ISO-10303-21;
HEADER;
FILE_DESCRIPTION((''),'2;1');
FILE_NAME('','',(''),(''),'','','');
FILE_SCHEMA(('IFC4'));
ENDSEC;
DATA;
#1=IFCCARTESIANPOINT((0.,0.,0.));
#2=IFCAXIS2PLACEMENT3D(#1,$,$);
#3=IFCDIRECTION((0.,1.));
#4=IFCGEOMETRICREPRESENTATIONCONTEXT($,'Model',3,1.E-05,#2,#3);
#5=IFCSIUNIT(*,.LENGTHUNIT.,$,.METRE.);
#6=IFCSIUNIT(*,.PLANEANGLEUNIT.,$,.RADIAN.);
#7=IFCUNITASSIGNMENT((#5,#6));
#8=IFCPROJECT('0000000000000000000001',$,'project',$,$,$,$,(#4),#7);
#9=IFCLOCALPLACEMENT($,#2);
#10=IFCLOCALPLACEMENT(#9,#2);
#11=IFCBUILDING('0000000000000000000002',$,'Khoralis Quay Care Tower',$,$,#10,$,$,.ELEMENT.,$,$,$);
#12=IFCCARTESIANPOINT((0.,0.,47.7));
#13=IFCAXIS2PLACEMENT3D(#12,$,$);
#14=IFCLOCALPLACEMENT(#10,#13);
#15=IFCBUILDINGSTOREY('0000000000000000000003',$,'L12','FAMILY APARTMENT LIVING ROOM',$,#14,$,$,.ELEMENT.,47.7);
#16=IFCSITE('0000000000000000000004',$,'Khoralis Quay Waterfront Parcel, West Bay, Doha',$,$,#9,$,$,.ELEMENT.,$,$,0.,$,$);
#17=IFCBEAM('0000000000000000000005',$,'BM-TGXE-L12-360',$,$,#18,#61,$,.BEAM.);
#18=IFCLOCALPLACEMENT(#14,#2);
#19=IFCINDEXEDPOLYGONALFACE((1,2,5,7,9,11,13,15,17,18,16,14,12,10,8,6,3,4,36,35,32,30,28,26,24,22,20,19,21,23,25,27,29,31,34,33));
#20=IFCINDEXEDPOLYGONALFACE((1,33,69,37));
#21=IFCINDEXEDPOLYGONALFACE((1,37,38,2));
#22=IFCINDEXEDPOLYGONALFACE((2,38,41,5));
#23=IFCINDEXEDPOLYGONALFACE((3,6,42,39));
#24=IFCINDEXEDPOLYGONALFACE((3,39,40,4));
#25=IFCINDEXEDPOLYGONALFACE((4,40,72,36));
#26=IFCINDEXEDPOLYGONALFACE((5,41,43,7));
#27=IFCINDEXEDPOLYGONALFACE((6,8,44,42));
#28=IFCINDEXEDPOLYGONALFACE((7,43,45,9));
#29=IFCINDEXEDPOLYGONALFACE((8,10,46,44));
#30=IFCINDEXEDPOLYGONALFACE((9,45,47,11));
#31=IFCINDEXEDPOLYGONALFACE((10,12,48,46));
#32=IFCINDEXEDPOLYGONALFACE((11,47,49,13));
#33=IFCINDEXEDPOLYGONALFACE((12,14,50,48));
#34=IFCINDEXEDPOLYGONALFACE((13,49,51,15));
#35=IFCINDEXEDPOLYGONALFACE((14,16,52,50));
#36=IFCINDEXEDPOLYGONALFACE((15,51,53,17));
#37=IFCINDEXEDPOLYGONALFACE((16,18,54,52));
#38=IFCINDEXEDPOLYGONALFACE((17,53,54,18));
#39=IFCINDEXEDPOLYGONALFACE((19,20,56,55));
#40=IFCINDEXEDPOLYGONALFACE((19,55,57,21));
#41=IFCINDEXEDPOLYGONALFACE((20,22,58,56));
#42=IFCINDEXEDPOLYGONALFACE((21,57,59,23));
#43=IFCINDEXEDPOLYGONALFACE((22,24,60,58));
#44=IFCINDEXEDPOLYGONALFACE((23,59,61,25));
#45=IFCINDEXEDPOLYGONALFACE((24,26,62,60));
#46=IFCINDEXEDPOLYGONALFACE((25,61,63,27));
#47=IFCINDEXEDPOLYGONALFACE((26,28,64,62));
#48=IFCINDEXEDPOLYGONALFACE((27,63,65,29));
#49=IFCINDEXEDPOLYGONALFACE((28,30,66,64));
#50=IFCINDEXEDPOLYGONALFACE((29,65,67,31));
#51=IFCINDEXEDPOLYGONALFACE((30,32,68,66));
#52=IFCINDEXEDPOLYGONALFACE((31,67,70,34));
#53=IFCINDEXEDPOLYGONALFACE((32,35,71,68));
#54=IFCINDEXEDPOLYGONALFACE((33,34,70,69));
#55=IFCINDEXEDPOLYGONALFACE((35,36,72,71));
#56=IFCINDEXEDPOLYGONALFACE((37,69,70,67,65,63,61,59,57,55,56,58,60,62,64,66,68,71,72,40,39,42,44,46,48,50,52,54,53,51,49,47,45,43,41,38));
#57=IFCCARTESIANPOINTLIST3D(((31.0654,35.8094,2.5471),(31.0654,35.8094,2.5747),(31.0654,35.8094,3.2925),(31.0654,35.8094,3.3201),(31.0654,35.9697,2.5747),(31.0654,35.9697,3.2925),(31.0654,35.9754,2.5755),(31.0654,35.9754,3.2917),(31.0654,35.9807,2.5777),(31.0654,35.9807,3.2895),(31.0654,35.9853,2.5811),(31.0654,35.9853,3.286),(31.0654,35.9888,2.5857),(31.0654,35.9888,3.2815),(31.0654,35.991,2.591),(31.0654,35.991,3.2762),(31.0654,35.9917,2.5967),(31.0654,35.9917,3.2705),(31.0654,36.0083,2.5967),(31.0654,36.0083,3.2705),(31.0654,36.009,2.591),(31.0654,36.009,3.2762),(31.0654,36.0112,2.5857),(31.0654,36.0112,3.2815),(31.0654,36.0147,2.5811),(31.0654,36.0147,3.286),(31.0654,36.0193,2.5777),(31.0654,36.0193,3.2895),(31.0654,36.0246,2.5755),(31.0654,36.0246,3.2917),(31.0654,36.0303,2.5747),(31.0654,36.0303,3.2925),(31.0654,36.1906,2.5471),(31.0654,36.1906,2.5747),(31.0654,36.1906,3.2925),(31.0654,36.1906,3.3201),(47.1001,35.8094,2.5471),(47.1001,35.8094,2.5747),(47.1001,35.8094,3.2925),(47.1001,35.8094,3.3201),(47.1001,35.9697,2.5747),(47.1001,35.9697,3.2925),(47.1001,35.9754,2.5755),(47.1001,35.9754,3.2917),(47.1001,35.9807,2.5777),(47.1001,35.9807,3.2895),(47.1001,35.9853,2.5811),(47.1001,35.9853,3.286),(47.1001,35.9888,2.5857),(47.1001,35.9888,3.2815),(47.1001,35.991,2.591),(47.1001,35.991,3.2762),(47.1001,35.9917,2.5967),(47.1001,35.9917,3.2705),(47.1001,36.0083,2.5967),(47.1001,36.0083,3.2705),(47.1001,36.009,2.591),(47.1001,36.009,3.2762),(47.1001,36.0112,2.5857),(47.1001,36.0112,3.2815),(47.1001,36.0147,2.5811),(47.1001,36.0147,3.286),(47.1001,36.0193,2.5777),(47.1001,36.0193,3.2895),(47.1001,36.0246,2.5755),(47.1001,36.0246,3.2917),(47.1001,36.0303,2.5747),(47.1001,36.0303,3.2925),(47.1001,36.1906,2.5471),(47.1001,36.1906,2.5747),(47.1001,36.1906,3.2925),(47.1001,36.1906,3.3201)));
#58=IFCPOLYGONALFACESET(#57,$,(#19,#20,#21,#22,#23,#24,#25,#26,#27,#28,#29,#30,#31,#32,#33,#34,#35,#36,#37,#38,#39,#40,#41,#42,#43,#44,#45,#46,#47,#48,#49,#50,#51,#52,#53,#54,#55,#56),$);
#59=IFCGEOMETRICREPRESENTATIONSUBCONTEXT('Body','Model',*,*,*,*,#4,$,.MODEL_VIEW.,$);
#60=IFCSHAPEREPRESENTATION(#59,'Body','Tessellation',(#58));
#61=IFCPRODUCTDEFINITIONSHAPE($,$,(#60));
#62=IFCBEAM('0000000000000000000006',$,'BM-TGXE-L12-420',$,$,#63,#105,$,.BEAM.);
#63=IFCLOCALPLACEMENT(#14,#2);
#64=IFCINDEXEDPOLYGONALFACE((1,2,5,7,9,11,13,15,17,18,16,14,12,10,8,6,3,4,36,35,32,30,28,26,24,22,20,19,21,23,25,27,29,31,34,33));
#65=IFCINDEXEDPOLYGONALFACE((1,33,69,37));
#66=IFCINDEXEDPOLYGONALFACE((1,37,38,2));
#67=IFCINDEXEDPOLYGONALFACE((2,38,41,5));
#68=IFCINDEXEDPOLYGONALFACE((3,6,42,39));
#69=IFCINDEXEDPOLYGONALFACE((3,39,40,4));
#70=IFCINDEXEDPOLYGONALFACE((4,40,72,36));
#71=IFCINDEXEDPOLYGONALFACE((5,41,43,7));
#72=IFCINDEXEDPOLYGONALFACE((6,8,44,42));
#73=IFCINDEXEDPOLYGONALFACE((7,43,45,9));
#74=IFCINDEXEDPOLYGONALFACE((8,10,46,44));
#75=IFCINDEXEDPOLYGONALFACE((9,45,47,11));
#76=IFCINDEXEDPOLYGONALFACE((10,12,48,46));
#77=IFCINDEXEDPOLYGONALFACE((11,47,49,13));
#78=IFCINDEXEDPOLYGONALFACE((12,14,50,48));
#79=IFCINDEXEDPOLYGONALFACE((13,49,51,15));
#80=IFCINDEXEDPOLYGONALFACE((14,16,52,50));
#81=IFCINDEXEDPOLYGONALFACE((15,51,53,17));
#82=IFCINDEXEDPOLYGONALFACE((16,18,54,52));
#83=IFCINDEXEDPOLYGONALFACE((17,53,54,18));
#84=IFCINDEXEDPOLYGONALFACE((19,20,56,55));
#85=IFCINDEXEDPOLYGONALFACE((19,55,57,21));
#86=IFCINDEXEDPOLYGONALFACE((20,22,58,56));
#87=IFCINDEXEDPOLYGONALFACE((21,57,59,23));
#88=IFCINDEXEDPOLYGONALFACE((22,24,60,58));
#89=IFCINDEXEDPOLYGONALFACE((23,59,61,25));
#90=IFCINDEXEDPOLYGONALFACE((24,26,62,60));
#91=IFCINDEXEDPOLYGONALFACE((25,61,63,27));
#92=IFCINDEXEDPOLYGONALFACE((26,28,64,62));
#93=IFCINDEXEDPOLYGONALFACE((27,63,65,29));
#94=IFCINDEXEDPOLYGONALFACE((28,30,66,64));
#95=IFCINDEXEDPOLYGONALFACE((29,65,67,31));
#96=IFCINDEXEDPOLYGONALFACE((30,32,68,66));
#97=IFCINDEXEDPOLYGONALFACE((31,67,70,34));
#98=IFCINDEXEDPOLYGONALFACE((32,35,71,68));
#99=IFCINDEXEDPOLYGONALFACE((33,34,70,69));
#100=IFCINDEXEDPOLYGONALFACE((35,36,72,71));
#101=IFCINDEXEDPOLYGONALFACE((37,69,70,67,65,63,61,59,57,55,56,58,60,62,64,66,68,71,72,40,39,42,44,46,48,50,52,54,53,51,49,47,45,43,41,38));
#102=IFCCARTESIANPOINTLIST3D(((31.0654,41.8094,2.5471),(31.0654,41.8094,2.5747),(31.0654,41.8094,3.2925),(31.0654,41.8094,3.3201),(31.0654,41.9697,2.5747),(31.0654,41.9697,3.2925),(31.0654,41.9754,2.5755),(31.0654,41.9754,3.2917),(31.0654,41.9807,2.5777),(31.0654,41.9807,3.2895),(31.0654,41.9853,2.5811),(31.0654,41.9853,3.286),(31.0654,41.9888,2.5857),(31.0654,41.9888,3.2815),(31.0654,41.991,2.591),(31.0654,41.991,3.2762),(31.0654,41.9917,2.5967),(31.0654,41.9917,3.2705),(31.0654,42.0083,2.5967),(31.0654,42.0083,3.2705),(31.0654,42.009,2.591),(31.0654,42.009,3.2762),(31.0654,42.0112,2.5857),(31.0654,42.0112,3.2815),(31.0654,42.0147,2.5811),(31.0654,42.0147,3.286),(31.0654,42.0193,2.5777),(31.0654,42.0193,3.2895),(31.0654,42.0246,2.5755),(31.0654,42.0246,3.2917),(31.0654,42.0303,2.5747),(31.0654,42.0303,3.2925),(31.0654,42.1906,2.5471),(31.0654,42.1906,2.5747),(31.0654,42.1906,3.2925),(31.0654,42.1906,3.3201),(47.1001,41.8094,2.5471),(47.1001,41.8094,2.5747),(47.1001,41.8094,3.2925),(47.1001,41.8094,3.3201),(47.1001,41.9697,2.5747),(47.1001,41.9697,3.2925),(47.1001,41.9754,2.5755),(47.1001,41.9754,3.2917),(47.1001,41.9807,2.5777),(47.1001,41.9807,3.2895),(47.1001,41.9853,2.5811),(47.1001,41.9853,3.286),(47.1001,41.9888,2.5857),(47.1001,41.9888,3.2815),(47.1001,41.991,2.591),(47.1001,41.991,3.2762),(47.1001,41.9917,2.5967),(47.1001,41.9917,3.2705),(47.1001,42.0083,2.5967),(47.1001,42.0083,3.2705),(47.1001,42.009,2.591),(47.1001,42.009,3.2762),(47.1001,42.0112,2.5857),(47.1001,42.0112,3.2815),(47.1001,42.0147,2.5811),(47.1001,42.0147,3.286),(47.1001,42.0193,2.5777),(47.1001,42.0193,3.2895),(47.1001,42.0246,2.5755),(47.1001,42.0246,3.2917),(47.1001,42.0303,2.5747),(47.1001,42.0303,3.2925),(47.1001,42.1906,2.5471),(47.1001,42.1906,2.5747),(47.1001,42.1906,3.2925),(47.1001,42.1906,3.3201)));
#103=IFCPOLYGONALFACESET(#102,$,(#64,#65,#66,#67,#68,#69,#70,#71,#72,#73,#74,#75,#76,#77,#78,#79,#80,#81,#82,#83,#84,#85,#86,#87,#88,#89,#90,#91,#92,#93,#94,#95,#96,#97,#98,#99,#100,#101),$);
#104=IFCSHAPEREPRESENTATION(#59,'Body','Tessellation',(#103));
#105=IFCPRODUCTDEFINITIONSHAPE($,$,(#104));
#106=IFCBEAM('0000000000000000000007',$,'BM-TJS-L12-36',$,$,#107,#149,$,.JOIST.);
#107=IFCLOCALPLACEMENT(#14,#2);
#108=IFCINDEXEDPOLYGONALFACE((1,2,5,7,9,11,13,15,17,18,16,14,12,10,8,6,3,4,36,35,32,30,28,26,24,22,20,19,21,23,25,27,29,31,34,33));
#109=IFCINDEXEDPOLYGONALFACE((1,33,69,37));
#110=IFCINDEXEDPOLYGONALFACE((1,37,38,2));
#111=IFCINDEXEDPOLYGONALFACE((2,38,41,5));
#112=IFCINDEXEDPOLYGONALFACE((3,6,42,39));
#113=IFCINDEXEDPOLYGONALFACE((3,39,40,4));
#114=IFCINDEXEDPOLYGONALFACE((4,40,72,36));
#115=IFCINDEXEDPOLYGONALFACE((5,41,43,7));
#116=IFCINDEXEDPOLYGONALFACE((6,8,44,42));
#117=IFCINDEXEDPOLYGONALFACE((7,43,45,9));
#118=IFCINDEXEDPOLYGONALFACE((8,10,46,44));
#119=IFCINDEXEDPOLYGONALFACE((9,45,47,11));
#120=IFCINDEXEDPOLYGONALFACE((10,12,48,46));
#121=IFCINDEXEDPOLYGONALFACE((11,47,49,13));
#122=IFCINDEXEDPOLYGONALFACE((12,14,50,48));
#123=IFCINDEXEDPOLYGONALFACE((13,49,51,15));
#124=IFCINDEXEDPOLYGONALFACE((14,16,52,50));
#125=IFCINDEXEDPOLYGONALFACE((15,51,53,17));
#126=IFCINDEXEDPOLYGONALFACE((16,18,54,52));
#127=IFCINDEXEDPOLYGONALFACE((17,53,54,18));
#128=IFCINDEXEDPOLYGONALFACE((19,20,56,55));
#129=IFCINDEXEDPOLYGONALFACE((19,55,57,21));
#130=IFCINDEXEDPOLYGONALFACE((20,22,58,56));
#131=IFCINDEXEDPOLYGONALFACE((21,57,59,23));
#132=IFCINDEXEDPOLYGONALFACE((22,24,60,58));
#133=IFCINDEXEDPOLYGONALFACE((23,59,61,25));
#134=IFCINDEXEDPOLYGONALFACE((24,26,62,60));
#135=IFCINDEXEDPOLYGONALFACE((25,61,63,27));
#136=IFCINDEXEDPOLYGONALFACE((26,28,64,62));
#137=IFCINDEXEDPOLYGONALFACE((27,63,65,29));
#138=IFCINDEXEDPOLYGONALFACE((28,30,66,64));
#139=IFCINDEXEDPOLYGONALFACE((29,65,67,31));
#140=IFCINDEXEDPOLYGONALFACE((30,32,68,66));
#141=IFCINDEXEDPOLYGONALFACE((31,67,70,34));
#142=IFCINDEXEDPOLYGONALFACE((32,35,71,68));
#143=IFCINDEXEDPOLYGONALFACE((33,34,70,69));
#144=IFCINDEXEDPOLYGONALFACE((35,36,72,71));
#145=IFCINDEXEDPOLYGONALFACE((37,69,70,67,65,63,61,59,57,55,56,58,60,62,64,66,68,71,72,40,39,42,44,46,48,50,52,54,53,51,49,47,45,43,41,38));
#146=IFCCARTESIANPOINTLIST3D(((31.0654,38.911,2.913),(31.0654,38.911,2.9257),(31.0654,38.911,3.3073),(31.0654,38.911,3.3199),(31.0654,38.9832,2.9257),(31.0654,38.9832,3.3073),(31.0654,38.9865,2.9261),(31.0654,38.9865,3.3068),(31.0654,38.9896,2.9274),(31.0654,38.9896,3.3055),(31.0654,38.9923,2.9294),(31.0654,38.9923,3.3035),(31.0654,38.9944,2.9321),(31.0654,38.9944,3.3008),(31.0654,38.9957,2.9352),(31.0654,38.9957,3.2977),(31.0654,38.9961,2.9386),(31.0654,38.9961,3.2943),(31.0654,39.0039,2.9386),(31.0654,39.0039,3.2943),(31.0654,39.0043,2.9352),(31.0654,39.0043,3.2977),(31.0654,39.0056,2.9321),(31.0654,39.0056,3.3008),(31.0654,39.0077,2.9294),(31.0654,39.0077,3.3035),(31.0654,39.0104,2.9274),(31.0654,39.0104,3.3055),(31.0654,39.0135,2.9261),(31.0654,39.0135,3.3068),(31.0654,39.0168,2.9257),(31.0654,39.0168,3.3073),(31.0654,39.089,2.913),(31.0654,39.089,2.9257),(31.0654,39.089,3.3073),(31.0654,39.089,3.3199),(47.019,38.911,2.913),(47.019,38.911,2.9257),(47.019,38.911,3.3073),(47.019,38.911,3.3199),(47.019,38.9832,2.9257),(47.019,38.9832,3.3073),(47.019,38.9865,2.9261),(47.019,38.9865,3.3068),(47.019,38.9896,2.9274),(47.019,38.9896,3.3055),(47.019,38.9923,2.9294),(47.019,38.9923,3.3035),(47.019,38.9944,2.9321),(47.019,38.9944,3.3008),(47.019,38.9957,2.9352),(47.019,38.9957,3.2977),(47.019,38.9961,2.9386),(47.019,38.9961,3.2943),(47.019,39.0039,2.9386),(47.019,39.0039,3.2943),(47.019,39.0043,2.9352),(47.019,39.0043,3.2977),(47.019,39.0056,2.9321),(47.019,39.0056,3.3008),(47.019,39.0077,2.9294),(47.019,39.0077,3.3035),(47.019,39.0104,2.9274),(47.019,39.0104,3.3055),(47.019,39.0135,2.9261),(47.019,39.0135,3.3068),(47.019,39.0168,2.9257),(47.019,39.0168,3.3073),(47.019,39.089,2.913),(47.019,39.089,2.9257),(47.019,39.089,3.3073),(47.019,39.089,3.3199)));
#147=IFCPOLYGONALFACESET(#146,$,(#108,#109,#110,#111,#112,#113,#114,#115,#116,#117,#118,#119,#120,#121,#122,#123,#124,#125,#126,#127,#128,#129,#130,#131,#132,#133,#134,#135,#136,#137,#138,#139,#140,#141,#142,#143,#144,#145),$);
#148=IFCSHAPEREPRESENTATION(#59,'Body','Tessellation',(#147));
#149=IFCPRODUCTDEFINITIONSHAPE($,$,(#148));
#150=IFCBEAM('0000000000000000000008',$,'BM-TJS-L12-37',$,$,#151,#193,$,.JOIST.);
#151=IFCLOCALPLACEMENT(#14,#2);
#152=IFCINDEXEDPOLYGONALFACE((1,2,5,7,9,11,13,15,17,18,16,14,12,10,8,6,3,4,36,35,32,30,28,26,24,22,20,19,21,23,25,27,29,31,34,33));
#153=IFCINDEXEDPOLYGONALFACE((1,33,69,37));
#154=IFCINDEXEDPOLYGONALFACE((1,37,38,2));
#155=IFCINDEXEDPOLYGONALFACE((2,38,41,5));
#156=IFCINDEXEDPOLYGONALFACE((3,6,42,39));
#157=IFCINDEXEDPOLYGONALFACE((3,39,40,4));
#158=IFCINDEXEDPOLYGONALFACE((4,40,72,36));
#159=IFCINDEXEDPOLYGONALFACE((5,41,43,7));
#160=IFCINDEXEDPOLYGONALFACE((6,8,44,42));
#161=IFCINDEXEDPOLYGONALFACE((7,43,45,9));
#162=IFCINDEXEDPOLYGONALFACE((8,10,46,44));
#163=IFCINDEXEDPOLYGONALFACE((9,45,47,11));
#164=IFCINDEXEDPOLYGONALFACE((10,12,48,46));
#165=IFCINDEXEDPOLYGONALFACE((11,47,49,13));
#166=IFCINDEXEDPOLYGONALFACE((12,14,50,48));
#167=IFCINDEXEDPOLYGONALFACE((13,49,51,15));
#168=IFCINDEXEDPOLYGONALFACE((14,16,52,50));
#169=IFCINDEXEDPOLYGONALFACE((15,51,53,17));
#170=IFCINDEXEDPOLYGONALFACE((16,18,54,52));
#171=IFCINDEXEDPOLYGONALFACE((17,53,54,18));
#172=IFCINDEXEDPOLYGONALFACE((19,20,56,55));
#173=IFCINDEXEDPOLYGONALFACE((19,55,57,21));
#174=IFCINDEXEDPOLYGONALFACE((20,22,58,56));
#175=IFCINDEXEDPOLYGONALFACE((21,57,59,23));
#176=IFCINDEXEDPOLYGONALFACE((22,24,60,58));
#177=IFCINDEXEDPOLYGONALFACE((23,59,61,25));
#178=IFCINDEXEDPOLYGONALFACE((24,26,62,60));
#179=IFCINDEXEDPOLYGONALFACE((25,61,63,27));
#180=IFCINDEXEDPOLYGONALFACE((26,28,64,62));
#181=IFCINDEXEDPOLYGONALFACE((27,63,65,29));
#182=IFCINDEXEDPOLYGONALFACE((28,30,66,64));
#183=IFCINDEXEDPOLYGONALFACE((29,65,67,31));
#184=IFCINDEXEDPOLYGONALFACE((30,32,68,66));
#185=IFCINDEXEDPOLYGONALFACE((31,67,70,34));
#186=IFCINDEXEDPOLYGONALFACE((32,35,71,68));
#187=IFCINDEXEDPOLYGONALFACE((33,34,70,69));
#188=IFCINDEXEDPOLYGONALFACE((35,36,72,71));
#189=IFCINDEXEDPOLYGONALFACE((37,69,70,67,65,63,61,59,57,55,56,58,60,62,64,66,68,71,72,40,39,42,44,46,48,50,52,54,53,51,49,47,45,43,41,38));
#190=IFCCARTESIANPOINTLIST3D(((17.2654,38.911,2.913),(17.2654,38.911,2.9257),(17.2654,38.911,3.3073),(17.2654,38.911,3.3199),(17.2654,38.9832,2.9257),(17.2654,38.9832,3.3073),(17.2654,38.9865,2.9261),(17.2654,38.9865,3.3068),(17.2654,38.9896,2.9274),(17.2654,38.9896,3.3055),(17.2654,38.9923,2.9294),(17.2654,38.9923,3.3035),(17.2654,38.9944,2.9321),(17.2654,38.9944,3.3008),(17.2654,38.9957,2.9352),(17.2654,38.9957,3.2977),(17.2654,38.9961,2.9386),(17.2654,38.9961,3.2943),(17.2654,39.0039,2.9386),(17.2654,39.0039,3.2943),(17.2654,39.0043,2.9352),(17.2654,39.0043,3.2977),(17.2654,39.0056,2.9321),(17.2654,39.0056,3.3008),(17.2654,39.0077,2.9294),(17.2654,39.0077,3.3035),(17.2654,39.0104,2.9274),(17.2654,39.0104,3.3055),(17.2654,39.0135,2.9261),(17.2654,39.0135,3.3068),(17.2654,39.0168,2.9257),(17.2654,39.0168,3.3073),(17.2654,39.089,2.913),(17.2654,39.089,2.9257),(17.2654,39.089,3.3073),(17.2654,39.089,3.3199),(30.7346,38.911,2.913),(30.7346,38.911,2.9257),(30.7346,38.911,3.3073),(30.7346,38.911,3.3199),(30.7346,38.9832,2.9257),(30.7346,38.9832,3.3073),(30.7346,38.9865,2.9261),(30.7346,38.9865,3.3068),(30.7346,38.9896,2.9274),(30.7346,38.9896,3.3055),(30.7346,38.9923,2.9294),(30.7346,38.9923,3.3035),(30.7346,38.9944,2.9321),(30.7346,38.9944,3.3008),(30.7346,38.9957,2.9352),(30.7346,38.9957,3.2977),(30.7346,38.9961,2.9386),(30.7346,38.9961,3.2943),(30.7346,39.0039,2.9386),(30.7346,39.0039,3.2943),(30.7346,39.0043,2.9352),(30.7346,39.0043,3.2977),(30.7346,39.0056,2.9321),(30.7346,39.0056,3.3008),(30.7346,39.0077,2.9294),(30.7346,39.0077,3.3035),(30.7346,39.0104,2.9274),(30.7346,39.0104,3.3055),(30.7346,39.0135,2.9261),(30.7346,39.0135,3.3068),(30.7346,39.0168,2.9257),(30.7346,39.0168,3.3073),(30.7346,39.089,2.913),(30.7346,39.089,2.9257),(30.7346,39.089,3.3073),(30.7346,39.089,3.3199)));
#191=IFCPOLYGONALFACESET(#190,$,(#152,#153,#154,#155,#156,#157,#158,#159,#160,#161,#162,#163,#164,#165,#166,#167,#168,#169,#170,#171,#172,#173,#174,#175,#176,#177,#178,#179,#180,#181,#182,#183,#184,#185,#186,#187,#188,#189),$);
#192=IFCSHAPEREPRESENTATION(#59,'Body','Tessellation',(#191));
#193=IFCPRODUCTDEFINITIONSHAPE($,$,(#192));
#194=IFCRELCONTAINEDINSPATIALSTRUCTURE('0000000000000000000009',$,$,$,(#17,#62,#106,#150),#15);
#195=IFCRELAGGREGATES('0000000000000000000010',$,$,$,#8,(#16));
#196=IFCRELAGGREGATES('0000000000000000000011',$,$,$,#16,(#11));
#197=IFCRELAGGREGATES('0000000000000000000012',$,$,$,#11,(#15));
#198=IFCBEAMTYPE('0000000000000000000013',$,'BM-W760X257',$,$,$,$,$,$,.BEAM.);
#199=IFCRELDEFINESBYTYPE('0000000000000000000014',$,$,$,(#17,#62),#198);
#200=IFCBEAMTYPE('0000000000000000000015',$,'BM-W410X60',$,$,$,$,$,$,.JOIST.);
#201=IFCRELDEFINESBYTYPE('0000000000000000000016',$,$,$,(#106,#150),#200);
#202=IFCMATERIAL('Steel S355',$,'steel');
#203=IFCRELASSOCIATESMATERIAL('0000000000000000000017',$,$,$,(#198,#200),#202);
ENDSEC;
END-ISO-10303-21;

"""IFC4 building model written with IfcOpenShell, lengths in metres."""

from ifc_helpers import new_model, si_unit, direction, frame, origin, origin_2d, place, context, subcontext, project, spatial, i_section, extrude, source, transform, mapped, material, material_profile, profile_set, type_object, element, save


model = new_model("IFC4")

# Units and contexts
model_context = context("Model", 3, precision=1e-05, world=origin(), true_north=direction((0.0, 1.0)))
body_context = subcontext(model_context, "Body", "Model", "MODEL_VIEW")
ifc_project = project(units=[si_unit("LENGTHUNIT", "METRE"), si_unit("PLANEANGLEUNIT", "RADIAN")], contexts=[model_context])

# Site, building, storey
site_placement = place(None, origin())
site = spatial("IfcSite", under=ifc_project, at=site_placement, Name="Khoralis Quay Waterfront Parcel, West Bay, Doha", CompositionType="ELEMENT", RefElevation=0.0)
building_placement = place(site_placement, origin())
building = spatial("IfcBuilding", under=site, at=building_placement, Name="Khoralis Quay Care Tower", CompositionType="ELEMENT")
storey_placement = place(building_placement, frame((0.0, 0.0, 47.7)))
storey = spatial("IfcBuildingStorey", under=building, at=storey_placement, Name="L12", Description="FAMILY APARTMENT LIVING ROOM", CompositionType="ELEMENT", Elevation=47.7)

# Beams
ifc_material_1 = material(Name="Steel S355", Category="steel")
ifc_material_profile_1 = material_profile(ifc_material_1, i_section(OverallWidth=0.3811, OverallDepth=0.7729, WebThickness=0.0166, FlangeThickness=0.0276, FilletRadius=0.022, at=origin_2d()), Name="Steel S355")
ifc_profile_set_1 = profile_set([ifc_material_profile_1], Name="Steel S355")
beam_type_1 = type_object("IfcBeamType", Name="BM-W760X257", PredefinedType="BEAM", material=ifc_profile_set_1)
shared_shape_1 = source(origin(), body_context, "Body", "SweptSolid", [
    extrude(i_section(OverallWidth=0.3811, OverallDepth=0.7729, WebThickness=0.0166, FlangeThickness=0.0276, FilletRadius=0.022, at=origin_2d()), origin(), (0.0, 0.0, 1.0), 16.0347),
])
for number, where, z_axis, x_axis, name in (
    (1, (31.0654, 36.0, 2.9336), (1.0, 0.0, 0.0), (0.0, 1.0, 0.0), "BM-TGXE-L12-360"),
    (2, (31.0654, 42.0, 2.9336), (1.0, 0.0, 0.0), (0.0, 1.0, 0.0), "BM-TGXE-L12-420"),
):
    element("IfcBeam", number, at=place(storey_placement, frame(where, z_axis=z_axis, x_axis=x_axis)), inside=storey, type_object=beam_type_1, Name=name, PredefinedType="BEAM", context=body_context, shape_type="MappedRepresentation", body=[
        mapped(shared_shape_1, transform((0.0, 0.0, 0.0), scale=1.0)),
    ])
ifc_material_profile_2 = material_profile(ifc_material_1, i_section(OverallWidth=0.178, OverallDepth=0.407, WebThickness=0.0078, FlangeThickness=0.0127, FilletRadius=0.0129, at=origin_2d()), Name="Steel S355")
ifc_profile_set_2 = profile_set([ifc_material_profile_2], Name="Steel S355")
beam_type_2 = type_object("IfcBeamType", Name="BM-W410X60", PredefinedType="JOIST", material=ifc_profile_set_2)
shared_shape_2 = source(origin(), body_context, "Body", "SweptSolid", [
    extrude(i_section(OverallWidth=0.178, OverallDepth=0.407, WebThickness=0.0078, FlangeThickness=0.0127, FilletRadius=0.0129, at=origin_2d()), origin(), (0.0, 0.0, 1.0), 15.9536),
])
beam_1_placement = place(storey_placement, frame((31.0654, 39.0, 3.1165), z_axis=(1.0, 0.0, 0.0), x_axis=(0.0, 1.0, 0.0)))
element("IfcBeam", 3, at=beam_1_placement, inside=storey, type_object=beam_type_2, Name="BM-TJS-L12-36", PredefinedType="JOIST", context=body_context, shape_type="MappedRepresentation", body=[
    mapped(shared_shape_2, transform((0.0, 0.0, 0.0), scale=1.0)),
])
shared_shape_3 = source(origin(), body_context, "Body", "SweptSolid", [
    extrude(i_section(OverallWidth=0.178, OverallDepth=0.407, WebThickness=0.0078, FlangeThickness=0.0127, FilletRadius=0.0129, at=origin_2d()), origin(), (0.0, 0.0, 1.0), 13.4692),
])
beam_2_placement = place(storey_placement, frame((17.2654, 39.0, 3.1165), z_axis=(1.0, 0.0, 0.0), x_axis=(0.0, 1.0, 0.0)))
element("IfcBeam", 4, at=beam_2_placement, inside=storey, type_object=beam_type_2, Name="BM-TJS-L12-37", PredefinedType="JOIST", context=body_context, shape_type="MappedRepresentation", body=[
    mapped(shared_shape_3, transform((0.0, 0.0, 0.0), scale=1.0)),
])

save(model, "model.ifc")
